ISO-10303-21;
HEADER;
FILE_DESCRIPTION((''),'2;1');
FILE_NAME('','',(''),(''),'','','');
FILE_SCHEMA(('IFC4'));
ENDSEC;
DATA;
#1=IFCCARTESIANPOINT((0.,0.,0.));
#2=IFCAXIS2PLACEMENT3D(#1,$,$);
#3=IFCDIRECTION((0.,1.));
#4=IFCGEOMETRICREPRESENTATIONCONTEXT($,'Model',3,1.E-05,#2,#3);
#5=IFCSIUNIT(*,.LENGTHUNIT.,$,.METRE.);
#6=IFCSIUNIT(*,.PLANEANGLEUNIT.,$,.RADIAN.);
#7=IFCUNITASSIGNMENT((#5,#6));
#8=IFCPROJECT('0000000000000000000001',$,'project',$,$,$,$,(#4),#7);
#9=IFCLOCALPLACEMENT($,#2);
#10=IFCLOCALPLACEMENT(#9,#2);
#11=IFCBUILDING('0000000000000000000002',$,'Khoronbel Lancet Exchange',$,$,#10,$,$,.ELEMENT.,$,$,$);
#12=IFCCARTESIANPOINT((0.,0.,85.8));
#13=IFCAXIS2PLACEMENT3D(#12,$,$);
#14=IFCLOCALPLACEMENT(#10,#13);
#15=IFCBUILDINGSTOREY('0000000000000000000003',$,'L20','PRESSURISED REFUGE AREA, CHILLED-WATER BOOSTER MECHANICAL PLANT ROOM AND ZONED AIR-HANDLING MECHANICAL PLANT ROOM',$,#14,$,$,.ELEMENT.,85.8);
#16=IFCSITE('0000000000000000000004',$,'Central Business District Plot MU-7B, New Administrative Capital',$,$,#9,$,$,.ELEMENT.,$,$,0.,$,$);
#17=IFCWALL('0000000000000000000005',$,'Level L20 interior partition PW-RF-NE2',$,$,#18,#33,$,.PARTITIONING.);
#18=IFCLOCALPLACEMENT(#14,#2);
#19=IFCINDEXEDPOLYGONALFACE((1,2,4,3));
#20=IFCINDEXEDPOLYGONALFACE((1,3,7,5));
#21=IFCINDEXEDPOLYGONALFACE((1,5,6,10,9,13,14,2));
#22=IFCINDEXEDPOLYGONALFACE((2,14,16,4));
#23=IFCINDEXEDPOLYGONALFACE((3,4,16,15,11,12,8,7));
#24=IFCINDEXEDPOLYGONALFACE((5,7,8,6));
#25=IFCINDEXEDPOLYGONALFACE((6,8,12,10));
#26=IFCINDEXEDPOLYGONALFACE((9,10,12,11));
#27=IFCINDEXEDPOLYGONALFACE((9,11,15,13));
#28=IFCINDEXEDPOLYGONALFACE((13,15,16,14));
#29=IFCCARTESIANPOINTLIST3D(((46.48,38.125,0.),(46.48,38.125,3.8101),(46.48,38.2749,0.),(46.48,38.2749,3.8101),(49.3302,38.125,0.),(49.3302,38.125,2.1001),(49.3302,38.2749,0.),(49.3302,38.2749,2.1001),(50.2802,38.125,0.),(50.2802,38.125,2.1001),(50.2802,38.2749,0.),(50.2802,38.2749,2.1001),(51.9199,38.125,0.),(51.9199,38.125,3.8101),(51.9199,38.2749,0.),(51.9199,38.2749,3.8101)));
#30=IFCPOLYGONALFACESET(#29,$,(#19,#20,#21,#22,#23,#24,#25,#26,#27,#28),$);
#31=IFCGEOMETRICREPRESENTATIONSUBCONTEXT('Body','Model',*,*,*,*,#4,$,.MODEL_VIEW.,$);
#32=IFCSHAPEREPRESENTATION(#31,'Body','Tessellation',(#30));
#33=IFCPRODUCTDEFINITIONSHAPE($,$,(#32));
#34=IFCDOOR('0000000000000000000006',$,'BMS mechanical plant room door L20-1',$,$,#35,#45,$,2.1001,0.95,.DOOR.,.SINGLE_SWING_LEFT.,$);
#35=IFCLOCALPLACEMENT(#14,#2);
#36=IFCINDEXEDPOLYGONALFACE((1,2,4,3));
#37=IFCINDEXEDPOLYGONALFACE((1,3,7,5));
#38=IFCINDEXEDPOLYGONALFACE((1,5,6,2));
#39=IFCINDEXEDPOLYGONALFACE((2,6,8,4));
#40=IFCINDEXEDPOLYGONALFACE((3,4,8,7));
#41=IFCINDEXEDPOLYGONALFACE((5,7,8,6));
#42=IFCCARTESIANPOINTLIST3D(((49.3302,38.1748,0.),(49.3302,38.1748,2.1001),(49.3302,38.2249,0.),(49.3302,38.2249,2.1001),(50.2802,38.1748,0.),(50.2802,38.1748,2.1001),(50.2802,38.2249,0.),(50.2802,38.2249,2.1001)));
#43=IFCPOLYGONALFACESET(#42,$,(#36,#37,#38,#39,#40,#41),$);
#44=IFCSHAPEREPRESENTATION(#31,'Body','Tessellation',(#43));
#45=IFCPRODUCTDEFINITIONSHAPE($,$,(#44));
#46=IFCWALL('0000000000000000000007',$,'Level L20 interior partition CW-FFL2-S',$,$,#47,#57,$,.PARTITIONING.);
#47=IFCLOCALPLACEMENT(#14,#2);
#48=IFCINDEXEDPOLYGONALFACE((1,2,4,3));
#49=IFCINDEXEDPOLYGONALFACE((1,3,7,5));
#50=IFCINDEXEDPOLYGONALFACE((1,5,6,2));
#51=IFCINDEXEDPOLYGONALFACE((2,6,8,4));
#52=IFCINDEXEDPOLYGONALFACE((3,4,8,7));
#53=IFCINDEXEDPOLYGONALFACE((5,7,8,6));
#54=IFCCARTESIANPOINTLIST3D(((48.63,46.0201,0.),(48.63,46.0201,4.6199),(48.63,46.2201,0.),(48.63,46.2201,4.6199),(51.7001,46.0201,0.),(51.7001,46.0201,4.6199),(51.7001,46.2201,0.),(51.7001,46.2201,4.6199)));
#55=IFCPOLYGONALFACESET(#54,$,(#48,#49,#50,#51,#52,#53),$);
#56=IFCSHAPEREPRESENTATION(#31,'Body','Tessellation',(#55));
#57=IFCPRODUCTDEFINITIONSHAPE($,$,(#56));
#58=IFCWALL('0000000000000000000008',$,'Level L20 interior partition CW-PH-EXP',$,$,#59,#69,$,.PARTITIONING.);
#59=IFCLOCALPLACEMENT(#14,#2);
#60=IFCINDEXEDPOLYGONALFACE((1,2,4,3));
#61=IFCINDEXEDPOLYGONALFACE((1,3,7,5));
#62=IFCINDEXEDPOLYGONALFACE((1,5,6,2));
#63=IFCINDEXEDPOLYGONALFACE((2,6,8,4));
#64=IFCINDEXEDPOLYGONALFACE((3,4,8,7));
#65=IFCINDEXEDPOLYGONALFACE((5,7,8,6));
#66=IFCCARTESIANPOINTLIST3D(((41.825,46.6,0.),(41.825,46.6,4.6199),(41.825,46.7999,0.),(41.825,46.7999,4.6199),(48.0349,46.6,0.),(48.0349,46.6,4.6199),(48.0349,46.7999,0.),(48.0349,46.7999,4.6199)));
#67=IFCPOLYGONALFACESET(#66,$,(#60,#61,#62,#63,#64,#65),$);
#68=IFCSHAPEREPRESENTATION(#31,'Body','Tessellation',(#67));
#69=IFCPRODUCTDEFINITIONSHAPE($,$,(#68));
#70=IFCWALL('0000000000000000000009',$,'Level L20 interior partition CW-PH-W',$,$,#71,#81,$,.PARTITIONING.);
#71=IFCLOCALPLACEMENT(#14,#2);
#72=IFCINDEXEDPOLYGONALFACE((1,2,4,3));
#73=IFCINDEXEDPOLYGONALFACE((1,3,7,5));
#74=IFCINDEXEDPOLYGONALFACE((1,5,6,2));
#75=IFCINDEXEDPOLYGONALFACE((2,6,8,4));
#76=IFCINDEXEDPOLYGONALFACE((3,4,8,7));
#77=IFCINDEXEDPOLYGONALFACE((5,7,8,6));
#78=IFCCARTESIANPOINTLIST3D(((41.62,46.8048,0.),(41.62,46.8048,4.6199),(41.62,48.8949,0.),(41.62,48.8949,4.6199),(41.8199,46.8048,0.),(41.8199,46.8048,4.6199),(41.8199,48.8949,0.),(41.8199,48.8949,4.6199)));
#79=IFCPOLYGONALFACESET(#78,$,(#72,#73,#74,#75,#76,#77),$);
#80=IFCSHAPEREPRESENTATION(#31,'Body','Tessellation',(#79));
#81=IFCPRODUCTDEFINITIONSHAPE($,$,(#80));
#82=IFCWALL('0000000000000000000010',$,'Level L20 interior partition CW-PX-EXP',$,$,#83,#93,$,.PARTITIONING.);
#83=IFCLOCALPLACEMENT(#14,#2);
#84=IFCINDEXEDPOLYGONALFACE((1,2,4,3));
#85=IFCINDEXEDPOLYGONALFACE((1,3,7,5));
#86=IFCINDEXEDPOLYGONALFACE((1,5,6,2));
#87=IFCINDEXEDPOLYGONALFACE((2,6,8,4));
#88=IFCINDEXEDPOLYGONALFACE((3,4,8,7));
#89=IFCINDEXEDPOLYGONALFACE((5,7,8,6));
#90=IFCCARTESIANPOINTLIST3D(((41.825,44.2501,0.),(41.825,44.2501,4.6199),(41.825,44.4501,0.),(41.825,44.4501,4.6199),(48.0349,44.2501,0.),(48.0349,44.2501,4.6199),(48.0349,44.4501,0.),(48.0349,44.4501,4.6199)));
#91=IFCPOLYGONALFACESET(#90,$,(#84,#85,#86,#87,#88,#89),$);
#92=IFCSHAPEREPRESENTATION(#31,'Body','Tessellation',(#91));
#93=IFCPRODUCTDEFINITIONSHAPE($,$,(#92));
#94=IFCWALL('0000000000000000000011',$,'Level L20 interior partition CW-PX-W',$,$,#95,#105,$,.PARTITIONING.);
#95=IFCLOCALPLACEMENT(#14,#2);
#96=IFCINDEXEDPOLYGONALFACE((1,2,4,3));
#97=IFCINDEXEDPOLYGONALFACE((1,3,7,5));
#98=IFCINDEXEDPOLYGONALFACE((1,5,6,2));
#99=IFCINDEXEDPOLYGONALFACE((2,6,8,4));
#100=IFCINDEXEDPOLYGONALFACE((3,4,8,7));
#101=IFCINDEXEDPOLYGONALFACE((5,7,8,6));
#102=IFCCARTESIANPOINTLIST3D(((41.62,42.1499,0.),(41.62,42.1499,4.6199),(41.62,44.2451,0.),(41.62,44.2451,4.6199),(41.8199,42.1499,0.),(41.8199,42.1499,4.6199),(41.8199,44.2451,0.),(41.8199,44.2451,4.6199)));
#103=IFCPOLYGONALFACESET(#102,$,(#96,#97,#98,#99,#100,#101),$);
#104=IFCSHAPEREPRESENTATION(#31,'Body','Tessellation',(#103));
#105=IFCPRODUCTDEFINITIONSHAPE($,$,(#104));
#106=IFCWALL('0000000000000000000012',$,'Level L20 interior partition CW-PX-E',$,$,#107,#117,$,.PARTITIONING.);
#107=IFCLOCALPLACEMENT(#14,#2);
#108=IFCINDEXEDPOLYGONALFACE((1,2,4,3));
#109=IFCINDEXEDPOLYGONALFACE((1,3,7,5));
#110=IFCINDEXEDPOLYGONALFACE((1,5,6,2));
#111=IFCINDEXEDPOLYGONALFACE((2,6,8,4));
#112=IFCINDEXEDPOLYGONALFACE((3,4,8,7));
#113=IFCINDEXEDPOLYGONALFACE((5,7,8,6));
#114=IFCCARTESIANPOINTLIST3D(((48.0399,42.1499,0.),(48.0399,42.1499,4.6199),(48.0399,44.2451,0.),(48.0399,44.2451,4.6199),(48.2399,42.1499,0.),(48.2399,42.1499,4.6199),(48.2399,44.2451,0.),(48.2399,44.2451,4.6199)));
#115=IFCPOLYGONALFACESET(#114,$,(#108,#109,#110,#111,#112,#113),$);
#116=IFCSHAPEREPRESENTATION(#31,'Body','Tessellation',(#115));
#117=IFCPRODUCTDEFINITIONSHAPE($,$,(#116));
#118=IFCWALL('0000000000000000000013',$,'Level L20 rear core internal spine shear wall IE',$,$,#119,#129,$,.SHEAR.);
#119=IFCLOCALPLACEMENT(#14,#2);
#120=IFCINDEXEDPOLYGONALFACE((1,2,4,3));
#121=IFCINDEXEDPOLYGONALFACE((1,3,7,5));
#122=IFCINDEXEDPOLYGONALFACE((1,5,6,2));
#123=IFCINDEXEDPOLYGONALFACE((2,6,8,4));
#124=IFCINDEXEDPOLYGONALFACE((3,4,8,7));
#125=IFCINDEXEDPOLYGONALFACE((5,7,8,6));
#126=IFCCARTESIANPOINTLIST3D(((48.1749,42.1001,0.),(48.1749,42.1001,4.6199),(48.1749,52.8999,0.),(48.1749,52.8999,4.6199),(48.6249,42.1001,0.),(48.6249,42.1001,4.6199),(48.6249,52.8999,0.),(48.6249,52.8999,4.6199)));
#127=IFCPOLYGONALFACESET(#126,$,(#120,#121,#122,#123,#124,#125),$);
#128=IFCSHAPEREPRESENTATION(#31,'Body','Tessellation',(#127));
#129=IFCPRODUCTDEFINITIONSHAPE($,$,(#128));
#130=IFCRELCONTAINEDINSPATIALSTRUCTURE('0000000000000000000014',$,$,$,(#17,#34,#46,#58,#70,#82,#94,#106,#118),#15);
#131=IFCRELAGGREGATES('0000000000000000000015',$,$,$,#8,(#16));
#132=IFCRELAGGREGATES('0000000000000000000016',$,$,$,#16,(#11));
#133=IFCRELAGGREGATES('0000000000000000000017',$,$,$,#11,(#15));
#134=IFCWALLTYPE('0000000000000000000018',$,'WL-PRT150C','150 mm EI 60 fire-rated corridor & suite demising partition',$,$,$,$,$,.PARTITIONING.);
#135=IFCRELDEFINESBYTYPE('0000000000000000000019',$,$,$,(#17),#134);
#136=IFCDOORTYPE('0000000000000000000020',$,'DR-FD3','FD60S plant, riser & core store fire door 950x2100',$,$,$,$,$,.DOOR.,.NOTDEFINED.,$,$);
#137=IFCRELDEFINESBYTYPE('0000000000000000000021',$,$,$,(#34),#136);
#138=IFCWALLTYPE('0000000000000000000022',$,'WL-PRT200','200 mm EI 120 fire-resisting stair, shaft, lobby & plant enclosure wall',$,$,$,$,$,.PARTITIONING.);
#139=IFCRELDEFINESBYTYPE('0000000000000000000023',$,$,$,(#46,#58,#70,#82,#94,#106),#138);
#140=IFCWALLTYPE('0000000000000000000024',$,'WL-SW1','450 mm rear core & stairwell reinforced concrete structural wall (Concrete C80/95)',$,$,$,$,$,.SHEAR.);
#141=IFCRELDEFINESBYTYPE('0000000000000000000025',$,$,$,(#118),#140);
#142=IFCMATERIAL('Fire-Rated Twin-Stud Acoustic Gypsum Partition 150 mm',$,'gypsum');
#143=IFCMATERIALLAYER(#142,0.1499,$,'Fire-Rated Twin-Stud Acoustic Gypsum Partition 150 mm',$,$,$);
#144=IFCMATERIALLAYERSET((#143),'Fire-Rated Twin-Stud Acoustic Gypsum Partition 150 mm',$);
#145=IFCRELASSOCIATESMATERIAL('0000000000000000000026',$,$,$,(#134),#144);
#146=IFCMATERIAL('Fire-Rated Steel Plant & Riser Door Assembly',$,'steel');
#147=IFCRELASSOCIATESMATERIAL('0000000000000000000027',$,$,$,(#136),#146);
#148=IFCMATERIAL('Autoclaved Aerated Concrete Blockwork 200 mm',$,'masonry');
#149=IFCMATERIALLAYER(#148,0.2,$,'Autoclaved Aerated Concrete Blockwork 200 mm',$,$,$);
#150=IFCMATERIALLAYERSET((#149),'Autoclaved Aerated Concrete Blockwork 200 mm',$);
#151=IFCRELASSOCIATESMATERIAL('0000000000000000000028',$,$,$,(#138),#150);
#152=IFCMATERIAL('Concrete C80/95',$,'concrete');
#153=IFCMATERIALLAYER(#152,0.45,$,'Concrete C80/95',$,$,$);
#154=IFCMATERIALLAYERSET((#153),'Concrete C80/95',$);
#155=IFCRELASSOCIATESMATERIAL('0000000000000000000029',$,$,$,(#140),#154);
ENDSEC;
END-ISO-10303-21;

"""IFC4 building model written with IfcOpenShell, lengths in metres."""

from ifc_helpers import new_model, si_unit, direction, frame, frame_2d, origin, place, context, subcontext, project, spatial, rectangle, extrude, material, layer, layer_set, type_object, element, fill, save


model = new_model("IFC4")

# Units and contexts
model_context = context("Model", 3, precision=1e-05, world=origin(), true_north=direction((0.0, 1.0)))
body_context = subcontext(model_context, "Body", "Model", "MODEL_VIEW")
ifc_project = project(units=[si_unit("LENGTHUNIT", "METRE"), si_unit("PLANEANGLEUNIT", "RADIAN")], contexts=[model_context])

# Site, building, storey
site_placement = place(None, origin())
site = spatial("IfcSite", under=ifc_project, at=site_placement, Name="Central Business District Plot MU-7B, New Administrative Capital", CompositionType="ELEMENT", RefElevation=0.0)
building_placement = place(site_placement, origin())
building = spatial("IfcBuilding", under=site, at=building_placement, Name="Khoronbel Lancet Exchange", CompositionType="ELEMENT")
storey_placement = place(building_placement, frame((0.0, 0.0, 85.8)))
storey = spatial("IfcBuildingStorey", under=building, at=storey_placement, Name="L20", Description="PRESSURISED REFUGE AREA, CHILLED-WATER BOOSTER MECHANICAL PLANT ROOM AND ZONED AIR-HANDLING MECHANICAL PLANT ROOM", CompositionType="ELEMENT", Elevation=85.8)

# Shared definitions
ifc_material_1 = material(Name="Concrete C80/95", Category="concrete")

# Wall, opening, door
ifc_material_2 = material(Name="Fire-Rated Twin-Stud Acoustic Gypsum Partition 150 mm", Category="gypsum")
ifc_layer_1 = layer(ifc_material_2, 0.1499, Name="Fire-Rated Twin-Stud Acoustic Gypsum Partition 150 mm")
ifc_layer_set_1 = layer_set([ifc_layer_1], Name="Fire-Rated Twin-Stud Acoustic Gypsum Partition 150 mm")
wall_type_1 = type_object("IfcWallType", Name="WL-PRT150C", Description="150 mm EI 60 fire-rated corridor & suite demising partition", PredefinedType="PARTITIONING", material=ifc_layer_set_1)
ifc_material_3 = material(Name="Fire-Rated Steel Plant & Riser Door Assembly", Category="steel")
door_type = type_object("IfcDoorType", Name="DR-FD3", Description="FD60S plant, riser & core store fire door 950x2100", OperationType="NOTDEFINED", PredefinedType="DOOR", material=ifc_material_3)
wall_1_placement = place(storey_placement, frame((46.48, 38.2, 0.0), z_axis=(0.0, 0.0, 1.0), x_axis=(1.0, 0.0, 0.0)))
wall_1 = element("IfcWall", 1, at=wall_1_placement, inside=storey, type_object=wall_type_1, Name="Level L20 interior partition PW-RF-NE2", PredefinedType="PARTITIONING", context=body_context, shape_type="SweptSolid", body=[
    extrude(rectangle(XDim=5.4399, YDim=0.1499, at=frame_2d((2.72, 0.0))), origin(), (0.0, 0.0, 1.0), 3.8101),
])
opening_1_placement = place(wall_1_placement, frame((2.8501, 0.0, 0.0)))
opening_1 = element("IfcOpeningElement", 2, at=opening_1_placement, cuts=wall_1, PredefinedType="OPENING", context=body_context, shape_type="SweptSolid", body=[
    extrude(rectangle(XDim=0.95, YDim=2.1001, at=frame_2d((0.4751, 1.05))), frame((0.0, 0.085, 0.0), z_axis=(0.0, -1.0, 0.0), x_axis=(1.0, 0.0, 0.0)), (0.0, 0.0, 1.0), 0.1699),
])
door_1_placement = place(opening_1_placement, origin())
door_1 = element("IfcDoor", 3, at=door_1_placement, inside=storey, type_object=door_type, Name="BMS mechanical plant room door L20-1", OperationType="SINGLE_SWING_LEFT", OverallHeight=2.1001, OverallWidth=0.95, PredefinedType="DOOR", context=body_context, shape_type="SweptSolid", body=[
    extrude(rectangle(XDim=0.95, YDim=2.1001, at=frame_2d((0.4751, 1.05))), frame((0.0, 0.0249, 0.0), z_axis=(0.0, -1.0, 0.0), x_axis=(1.0, 0.0, 0.0)), (0.0, 0.0, 1.0), 0.05),
])
fill(opening_1, door_1)

# Walls
ifc_material_4 = material(Name="Autoclaved Aerated Concrete Blockwork 200 mm", Category="masonry")
ifc_layer_2 = layer(ifc_material_4, 0.2, Name="Autoclaved Aerated Concrete Blockwork 200 mm")
ifc_layer_set_2 = layer_set([ifc_layer_2], Name="Autoclaved Aerated Concrete Blockwork 200 mm")
wall_type_2 = type_object("IfcWallType", Name="WL-PRT200", Description="200 mm EI 120 fire-resisting stair, shaft, lobby & plant enclosure wall", PredefinedType="PARTITIONING", material=ifc_layer_set_2)
wall_2_placement = place(storey_placement, frame((48.6299, 46.1201, 0.0), z_axis=(0.0, 0.0, 1.0), x_axis=(1.0, 0.0, 0.0)))
element("IfcWall", 4, at=wall_2_placement, inside=storey, type_object=wall_type_2, Name="Level L20 interior partition CW-FFL2-S", PredefinedType="PARTITIONING", context=body_context, shape_type="SweptSolid", body=[
    extrude(rectangle(XDim=3.0701, YDim=0.2, at=frame_2d((1.5352, 0.0))), origin(), (0.0, 0.0, 1.0), 4.6199),
])
wall_3_placement = place(storey_placement, frame((41.825, 46.7, 0.0), z_axis=(0.0, 0.0, 1.0), x_axis=(1.0, 0.0, 0.0)))
element("IfcWall", 5, at=wall_3_placement, inside=storey, type_object=wall_type_2, Name="Level L20 interior partition CW-PH-EXP", PredefinedType="PARTITIONING", context=body_context, shape_type="SweptSolid", body=[
    extrude(rectangle(XDim=6.21, YDim=0.2, at=frame_2d((3.105, 0.0))), origin(), (0.0, 0.0, 1.0), 4.6199),
])
wall_4_placement = place(storey_placement, frame((41.72, 46.8049, 0.0), z_axis=(0.0, 0.0, 1.0), x_axis=(0.0, 1.0, 0.0)))
element("IfcWall", 6, at=wall_4_placement, inside=storey, type_object=wall_type_2, Name="Level L20 interior partition CW-PH-W", PredefinedType="PARTITIONING", context=body_context, shape_type="SweptSolid", body=[
    extrude(rectangle(XDim=2.0901, YDim=0.2, at=frame_2d((1.0449, 0.0))), origin(), (0.0, 0.0, 1.0), 4.6199),
])
wall_5_placement = place(storey_placement, frame((41.825, 44.3501, 0.0), z_axis=(0.0, 0.0, 1.0), x_axis=(1.0, 0.0, 0.0)))
element("IfcWall", 7, at=wall_5_placement, inside=storey, type_object=wall_type_2, Name="Level L20 interior partition CW-PX-EXP", PredefinedType="PARTITIONING", context=body_context, shape_type="SweptSolid", body=[
    extrude(rectangle(XDim=6.21, YDim=0.2, at=frame_2d((3.105, 0.0))), origin(), (0.0, 0.0, 1.0), 4.6199),
])
for number, where, z_axis, x_axis, name in (
    (8, (41.72, 42.1499, 0.0), (0.0, 0.0, 1.0), (0.0, 1.0, 0.0), "Level L20 interior partition CW-PX-W"),
    (9, (48.1399, 42.1499, 0.0), (0.0, 0.0, 1.0), (0.0, 1.0, 0.0), "Level L20 interior partition CW-PX-E"),
):
    element("IfcWall", number, at=place(storey_placement, frame(where, z_axis=z_axis, x_axis=x_axis)), inside=storey, type_object=wall_type_2, Name=name, PredefinedType="PARTITIONING", context=body_context, shape_type="SweptSolid", body=[
        extrude(rectangle(XDim=2.0952, YDim=0.2, at=frame_2d((1.0476, 0.0))), origin(), (0.0, 0.0, 1.0), 4.6199),
    ])
ifc_layer_3 = layer(ifc_material_1, 0.45, Name="Concrete C80/95")
ifc_layer_set_3 = layer_set([ifc_layer_3], Name="Concrete C80/95")
wall_type_3 = type_object("IfcWallType", Name="WL-SW1", Description="450 mm rear core & stairwell reinforced concrete structural wall (Concrete C80/95)", PredefinedType="SHEAR", material=ifc_layer_set_3)
wall_6_placement = place(storey_placement, frame((48.3999, 42.1001, 0.0), z_axis=(0.0, 0.0, 1.0), x_axis=(0.0, 1.0, 0.0)))
element("IfcWall", 10, at=wall_6_placement, inside=storey, type_object=wall_type_3, Name="Level L20 rear core internal spine shear wall IE", PredefinedType="SHEAR", context=body_context, shape_type="SweptSolid", body=[
    extrude(rectangle(XDim=10.7998, YDim=0.45, at=frame_2d((5.3999, 0.0))), origin(), (0.0, 0.0, 1.0), 4.6199),
])

save(model, "model.ifc")
